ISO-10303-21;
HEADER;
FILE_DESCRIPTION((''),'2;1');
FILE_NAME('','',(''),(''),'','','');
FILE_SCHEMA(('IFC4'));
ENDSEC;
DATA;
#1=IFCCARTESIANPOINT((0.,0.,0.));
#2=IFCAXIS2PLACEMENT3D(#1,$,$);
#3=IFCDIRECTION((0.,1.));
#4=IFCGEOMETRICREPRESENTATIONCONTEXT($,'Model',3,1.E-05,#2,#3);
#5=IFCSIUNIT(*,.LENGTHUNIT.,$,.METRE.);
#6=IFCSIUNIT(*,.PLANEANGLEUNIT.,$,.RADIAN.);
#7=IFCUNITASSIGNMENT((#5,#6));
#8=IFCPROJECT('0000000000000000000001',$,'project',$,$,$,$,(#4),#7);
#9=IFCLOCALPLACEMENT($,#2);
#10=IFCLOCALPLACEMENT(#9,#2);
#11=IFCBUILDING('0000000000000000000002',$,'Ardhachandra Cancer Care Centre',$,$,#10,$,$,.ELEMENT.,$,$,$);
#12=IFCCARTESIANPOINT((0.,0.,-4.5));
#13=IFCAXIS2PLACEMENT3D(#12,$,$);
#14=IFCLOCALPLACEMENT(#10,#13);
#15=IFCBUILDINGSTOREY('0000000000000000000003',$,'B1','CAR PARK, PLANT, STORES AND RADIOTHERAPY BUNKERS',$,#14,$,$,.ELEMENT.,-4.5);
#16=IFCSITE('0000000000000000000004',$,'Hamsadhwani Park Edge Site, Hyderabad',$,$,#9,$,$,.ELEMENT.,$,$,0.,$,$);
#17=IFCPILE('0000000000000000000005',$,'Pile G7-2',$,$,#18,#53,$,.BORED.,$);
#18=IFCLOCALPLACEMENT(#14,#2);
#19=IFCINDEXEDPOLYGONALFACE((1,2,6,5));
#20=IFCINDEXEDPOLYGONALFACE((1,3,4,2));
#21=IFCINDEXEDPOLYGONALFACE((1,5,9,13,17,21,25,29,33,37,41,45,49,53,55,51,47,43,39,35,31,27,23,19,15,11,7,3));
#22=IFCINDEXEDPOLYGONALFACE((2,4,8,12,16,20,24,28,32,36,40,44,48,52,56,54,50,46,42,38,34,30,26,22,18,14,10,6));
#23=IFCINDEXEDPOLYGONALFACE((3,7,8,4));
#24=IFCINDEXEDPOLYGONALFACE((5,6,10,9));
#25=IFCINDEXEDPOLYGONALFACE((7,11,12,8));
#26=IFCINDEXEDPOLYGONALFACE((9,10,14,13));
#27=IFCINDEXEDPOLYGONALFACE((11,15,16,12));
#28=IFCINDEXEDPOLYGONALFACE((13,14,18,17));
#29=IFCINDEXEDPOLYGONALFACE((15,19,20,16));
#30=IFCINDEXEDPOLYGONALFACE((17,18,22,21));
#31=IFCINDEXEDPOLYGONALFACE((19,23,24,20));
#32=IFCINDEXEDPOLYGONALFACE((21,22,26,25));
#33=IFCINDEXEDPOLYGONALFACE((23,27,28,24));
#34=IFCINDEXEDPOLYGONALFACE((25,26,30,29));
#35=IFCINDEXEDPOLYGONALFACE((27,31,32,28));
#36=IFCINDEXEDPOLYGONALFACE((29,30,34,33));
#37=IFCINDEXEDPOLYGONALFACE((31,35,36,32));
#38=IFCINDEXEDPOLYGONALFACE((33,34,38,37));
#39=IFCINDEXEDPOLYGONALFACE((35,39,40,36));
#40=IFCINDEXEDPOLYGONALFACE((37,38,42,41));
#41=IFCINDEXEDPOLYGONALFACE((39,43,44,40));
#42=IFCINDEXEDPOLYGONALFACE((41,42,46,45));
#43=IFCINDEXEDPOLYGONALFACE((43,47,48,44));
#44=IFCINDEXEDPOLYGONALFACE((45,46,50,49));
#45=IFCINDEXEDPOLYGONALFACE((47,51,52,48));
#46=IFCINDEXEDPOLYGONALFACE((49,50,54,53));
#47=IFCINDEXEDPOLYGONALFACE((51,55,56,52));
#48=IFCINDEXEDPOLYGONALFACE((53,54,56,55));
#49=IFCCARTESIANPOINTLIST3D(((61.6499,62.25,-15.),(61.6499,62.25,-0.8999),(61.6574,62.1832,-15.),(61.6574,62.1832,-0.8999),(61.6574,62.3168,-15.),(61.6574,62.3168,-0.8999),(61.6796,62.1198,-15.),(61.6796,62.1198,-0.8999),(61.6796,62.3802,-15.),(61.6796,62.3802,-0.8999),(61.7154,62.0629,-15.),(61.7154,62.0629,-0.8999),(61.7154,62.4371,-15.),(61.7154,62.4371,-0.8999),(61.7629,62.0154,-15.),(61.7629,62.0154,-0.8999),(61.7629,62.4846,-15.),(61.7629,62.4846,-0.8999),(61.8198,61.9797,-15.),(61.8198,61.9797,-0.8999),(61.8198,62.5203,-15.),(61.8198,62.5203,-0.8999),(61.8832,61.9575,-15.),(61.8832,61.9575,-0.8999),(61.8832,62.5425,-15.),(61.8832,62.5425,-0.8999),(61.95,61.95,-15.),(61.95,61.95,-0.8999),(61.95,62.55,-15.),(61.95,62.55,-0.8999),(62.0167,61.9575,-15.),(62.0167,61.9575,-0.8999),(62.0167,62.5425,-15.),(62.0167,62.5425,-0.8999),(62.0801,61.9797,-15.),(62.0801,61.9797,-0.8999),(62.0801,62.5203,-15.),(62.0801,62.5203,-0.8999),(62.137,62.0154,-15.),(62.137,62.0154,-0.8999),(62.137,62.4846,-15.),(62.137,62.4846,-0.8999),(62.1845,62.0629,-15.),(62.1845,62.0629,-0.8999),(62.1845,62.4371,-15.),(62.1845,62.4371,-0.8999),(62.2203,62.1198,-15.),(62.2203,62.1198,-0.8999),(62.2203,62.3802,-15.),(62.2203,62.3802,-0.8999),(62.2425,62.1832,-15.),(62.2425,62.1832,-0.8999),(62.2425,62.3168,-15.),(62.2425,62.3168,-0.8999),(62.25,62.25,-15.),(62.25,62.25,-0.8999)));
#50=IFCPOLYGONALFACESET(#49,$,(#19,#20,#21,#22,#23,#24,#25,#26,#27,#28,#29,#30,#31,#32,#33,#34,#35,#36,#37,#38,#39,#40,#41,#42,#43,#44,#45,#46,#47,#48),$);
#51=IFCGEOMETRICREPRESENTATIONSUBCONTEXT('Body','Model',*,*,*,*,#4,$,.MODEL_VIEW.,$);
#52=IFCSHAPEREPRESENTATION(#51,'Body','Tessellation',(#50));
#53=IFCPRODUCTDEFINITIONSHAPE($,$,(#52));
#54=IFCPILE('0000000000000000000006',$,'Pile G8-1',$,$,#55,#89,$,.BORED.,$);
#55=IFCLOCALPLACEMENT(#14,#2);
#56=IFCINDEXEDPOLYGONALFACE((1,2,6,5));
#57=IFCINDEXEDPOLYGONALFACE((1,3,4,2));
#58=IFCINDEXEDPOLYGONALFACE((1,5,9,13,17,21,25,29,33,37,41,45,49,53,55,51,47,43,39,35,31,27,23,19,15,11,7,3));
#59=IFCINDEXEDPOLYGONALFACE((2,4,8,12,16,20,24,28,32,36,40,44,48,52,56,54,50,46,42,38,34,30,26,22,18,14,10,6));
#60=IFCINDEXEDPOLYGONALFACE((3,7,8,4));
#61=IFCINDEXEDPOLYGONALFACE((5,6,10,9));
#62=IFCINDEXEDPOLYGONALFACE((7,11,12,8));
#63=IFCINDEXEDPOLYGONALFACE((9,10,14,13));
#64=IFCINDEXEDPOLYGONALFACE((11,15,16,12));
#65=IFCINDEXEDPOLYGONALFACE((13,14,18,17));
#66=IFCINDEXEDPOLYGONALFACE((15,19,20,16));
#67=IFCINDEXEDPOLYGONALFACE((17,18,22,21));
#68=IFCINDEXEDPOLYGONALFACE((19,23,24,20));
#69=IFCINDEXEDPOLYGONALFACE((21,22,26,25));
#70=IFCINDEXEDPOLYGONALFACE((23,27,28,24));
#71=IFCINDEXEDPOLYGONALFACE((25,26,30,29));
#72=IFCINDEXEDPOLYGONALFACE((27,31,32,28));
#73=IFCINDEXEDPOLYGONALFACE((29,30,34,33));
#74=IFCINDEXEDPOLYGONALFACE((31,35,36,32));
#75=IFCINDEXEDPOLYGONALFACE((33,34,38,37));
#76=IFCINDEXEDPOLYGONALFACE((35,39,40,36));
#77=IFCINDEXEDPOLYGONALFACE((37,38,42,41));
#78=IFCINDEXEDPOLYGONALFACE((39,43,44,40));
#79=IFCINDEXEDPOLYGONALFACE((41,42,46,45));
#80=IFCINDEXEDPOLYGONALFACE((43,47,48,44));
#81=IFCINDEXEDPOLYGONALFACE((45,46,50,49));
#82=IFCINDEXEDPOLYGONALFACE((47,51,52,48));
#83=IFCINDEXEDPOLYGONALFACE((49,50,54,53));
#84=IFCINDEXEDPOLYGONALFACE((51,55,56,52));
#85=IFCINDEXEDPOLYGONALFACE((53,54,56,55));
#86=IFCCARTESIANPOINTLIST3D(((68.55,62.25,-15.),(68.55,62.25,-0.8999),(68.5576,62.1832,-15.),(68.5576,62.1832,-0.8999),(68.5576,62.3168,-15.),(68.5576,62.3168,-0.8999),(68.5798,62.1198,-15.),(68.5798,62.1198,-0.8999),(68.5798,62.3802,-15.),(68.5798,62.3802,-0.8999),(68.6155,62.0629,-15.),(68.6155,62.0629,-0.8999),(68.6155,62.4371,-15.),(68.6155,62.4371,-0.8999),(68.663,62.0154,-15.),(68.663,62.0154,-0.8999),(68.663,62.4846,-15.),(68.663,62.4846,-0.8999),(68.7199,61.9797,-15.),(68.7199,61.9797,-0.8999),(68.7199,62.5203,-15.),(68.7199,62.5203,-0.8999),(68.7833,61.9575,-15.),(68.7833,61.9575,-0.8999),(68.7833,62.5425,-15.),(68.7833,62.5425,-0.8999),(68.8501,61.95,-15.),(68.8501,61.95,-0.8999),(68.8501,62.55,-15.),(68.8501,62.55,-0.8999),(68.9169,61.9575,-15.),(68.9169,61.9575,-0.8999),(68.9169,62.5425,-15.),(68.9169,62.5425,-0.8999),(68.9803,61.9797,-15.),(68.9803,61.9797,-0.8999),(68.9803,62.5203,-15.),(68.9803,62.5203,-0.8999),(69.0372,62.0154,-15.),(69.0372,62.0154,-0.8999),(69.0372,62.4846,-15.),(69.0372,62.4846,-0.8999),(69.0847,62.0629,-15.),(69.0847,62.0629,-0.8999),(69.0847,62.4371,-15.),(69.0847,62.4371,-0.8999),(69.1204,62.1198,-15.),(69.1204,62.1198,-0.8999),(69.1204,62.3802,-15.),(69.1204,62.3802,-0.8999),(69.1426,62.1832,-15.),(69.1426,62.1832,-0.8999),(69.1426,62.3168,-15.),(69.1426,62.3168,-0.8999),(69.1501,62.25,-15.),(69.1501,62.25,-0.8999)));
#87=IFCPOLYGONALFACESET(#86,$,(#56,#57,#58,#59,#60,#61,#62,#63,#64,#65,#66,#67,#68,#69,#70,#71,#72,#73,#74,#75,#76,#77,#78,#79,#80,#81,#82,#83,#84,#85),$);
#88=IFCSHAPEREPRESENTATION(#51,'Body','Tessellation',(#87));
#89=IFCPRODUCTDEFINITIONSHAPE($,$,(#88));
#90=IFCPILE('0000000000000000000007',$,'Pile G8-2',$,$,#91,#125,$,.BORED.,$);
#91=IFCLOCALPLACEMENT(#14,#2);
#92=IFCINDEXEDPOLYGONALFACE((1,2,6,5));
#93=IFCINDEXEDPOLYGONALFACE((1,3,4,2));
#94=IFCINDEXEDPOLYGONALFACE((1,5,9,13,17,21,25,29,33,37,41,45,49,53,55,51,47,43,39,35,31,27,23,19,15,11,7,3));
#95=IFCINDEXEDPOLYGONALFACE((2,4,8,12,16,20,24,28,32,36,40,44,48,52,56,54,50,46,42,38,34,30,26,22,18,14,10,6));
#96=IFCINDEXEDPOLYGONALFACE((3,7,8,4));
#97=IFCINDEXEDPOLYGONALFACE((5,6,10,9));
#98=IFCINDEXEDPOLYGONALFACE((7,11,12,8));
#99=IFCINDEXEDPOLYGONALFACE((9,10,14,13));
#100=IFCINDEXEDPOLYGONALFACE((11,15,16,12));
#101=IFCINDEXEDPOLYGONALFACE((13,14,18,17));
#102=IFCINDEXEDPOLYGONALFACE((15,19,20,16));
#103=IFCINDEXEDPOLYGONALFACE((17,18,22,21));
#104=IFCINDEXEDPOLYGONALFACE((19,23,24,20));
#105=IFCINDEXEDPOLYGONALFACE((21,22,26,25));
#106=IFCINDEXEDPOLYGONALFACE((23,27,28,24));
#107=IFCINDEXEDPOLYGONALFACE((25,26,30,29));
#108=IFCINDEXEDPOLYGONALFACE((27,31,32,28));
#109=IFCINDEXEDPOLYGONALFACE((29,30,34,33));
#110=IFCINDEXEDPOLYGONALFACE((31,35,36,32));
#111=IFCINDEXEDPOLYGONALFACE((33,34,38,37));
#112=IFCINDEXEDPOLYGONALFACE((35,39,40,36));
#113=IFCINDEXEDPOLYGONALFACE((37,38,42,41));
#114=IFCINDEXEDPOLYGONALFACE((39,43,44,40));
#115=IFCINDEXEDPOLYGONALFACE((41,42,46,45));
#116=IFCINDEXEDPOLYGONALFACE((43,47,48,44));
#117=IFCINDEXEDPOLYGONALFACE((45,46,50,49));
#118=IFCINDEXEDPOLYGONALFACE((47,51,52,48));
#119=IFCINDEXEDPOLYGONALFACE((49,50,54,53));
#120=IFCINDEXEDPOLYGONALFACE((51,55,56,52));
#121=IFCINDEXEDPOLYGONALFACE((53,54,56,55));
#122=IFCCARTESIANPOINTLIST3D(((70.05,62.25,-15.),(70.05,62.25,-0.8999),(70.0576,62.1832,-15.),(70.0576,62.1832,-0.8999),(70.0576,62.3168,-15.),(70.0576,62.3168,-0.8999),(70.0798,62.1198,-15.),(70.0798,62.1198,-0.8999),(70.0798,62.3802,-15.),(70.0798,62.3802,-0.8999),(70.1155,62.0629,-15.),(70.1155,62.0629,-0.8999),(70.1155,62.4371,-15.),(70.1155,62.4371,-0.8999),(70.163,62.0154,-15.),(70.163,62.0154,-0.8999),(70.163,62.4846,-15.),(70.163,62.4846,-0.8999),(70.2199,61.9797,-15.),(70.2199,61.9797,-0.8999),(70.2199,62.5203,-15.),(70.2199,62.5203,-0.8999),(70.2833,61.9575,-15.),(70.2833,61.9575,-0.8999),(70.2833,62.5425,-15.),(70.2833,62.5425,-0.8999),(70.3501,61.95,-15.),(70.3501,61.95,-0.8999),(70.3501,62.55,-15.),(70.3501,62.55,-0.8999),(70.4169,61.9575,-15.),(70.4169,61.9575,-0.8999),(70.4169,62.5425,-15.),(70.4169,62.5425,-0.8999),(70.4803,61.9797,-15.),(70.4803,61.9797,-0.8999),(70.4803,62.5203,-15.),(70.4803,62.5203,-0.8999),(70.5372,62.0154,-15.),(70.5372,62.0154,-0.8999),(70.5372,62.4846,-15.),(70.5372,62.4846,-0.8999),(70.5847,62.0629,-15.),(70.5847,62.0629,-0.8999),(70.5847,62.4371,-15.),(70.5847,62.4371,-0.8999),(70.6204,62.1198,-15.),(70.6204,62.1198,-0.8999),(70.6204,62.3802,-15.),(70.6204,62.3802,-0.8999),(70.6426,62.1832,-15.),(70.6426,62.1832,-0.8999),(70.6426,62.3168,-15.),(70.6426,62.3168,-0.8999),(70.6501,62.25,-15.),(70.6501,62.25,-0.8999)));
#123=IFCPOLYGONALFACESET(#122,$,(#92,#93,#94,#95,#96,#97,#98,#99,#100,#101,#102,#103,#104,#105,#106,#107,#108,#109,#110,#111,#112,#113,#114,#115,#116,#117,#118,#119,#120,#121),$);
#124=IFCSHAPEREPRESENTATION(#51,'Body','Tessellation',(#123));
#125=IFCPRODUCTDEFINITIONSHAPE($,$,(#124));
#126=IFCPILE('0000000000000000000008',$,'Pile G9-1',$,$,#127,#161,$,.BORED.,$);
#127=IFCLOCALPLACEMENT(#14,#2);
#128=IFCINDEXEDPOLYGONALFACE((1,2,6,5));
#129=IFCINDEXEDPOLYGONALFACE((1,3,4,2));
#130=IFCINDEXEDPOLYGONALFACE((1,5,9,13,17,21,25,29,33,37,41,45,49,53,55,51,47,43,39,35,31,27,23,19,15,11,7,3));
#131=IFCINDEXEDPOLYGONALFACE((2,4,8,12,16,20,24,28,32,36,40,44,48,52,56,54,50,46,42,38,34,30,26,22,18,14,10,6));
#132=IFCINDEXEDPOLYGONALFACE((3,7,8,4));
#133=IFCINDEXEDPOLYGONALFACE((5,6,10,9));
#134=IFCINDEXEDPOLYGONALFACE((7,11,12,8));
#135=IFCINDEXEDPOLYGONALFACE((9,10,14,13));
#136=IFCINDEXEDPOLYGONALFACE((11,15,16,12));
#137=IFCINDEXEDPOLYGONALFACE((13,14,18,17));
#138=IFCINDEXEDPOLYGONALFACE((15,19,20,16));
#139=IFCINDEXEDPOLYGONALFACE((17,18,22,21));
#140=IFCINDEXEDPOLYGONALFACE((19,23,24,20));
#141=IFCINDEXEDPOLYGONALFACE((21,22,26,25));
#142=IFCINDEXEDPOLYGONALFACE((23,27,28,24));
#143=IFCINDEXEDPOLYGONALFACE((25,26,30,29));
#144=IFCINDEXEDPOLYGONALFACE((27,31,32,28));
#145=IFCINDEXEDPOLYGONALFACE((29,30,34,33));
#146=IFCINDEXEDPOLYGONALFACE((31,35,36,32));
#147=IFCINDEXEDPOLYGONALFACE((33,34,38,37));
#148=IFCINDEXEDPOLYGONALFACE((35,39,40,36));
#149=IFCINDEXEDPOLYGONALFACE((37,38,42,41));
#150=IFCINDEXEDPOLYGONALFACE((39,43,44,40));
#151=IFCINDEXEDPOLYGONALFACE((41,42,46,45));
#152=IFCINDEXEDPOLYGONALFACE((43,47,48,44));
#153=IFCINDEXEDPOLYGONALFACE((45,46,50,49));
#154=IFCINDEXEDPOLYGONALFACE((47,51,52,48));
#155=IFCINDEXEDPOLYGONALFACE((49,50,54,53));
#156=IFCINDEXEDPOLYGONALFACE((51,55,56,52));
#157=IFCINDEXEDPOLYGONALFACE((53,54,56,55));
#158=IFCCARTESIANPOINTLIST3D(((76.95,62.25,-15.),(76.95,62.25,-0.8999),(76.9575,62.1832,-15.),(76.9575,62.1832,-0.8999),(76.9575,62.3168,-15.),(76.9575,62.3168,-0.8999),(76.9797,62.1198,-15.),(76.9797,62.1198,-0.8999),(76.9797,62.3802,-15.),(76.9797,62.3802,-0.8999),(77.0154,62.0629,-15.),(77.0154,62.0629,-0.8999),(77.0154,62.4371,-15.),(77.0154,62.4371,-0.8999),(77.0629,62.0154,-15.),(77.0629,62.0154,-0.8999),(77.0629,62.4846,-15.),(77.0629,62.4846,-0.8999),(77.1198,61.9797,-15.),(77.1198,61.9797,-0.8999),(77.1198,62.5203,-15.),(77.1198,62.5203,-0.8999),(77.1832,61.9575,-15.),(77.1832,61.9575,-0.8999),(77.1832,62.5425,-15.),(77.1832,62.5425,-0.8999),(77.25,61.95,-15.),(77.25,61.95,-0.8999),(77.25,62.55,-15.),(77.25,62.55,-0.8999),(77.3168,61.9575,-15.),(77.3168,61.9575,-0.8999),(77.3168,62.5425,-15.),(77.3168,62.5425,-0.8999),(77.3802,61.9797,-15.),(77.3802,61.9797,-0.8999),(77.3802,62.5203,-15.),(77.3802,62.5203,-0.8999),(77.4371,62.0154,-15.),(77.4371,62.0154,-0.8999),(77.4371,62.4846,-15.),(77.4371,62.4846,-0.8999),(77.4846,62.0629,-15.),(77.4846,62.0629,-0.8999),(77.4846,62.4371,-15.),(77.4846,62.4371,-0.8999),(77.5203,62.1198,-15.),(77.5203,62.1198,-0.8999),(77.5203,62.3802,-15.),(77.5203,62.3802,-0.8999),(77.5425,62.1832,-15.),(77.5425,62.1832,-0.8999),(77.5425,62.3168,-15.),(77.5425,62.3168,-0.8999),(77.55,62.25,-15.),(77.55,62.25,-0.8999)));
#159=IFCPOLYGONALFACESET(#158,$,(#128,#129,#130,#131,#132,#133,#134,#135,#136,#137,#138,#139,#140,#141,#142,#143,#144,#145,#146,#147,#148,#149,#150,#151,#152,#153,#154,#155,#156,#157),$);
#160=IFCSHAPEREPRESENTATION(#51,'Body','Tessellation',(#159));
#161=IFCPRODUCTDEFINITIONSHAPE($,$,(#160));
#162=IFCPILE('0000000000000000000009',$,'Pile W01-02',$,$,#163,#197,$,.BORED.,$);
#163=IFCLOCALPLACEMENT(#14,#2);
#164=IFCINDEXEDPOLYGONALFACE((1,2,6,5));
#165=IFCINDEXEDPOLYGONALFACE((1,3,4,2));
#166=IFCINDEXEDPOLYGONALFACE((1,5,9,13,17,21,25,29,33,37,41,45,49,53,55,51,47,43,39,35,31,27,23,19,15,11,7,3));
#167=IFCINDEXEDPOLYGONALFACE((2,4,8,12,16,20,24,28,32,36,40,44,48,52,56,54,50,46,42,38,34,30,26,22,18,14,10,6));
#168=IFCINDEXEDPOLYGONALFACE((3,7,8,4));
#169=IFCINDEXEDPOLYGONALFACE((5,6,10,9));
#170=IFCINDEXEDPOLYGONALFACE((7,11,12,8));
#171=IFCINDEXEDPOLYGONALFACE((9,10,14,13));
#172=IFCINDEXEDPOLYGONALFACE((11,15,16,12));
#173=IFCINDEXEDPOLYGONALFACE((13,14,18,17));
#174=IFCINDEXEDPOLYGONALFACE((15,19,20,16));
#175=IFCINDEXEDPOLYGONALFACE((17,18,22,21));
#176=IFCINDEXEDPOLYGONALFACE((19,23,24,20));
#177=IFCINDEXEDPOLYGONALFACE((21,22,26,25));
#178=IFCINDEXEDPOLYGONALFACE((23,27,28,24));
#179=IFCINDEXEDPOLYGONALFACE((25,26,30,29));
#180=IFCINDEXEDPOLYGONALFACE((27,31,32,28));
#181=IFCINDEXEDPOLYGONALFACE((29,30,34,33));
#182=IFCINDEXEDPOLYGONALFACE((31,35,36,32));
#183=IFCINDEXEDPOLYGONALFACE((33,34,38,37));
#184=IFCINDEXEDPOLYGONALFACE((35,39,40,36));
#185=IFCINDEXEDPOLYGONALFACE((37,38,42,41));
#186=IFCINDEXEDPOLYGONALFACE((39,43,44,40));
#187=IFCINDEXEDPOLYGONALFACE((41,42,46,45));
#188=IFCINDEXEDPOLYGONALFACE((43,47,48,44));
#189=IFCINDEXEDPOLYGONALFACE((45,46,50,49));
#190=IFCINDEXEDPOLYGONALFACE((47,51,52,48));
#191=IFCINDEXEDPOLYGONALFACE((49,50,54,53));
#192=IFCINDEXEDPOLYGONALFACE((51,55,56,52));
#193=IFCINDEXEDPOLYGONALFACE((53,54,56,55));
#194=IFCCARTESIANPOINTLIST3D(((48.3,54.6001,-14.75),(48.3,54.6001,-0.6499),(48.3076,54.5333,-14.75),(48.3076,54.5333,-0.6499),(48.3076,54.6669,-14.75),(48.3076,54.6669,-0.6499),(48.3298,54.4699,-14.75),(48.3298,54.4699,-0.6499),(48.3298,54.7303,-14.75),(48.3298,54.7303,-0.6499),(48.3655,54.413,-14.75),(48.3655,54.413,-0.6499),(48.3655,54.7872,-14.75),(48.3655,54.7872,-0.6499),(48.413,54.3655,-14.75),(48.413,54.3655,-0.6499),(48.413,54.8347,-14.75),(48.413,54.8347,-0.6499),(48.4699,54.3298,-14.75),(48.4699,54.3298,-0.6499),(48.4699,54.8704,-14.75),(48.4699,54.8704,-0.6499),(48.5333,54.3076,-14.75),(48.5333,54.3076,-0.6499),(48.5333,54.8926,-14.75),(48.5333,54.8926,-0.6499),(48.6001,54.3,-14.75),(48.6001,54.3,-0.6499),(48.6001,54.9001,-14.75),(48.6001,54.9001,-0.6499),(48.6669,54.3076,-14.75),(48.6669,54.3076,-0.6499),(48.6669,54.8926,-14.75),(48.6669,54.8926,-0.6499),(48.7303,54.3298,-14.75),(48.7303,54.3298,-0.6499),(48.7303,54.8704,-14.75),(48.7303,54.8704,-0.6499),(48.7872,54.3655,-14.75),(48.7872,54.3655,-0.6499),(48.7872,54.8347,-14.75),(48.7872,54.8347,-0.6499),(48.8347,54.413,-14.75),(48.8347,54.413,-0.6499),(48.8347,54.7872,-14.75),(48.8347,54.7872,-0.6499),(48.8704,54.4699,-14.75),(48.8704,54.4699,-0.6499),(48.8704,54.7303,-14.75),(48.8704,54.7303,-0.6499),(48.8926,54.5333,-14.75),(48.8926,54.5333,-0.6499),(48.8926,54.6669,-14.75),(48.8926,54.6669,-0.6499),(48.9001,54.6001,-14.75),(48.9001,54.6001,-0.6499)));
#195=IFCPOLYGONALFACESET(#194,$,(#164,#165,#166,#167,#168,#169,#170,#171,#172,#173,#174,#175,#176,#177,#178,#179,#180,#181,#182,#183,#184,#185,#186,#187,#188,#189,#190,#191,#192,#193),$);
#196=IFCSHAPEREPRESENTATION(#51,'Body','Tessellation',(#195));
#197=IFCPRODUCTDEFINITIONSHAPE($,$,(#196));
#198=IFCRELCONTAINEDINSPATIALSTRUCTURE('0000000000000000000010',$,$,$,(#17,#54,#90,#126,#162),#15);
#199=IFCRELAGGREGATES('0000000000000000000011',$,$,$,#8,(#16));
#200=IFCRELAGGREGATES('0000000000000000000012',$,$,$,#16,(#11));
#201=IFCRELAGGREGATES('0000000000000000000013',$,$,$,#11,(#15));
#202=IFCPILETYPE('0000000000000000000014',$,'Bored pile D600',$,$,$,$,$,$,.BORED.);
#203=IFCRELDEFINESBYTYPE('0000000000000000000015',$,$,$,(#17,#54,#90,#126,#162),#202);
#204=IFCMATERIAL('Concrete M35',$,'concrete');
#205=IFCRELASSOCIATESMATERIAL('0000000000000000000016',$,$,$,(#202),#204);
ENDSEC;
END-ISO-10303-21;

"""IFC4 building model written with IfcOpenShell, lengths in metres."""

from ifc_helpers import new_model, si_unit, direction, frame, origin, origin_2d, place, context, subcontext, project, spatial, circle, extrude, material, material_profile, profile_set, type_object, element, save


model = new_model("IFC4")

# Units and contexts
model_context = context("Model", 3, precision=1e-05, world=origin(), true_north=direction((0.0, 1.0)))
body_context = subcontext(model_context, "Body", "Model", "MODEL_VIEW")
ifc_project = project(units=[si_unit("LENGTHUNIT", "METRE"), si_unit("PLANEANGLEUNIT", "RADIAN")], contexts=[model_context])

# Site, building, storey
site_placement = place(None, origin())
site = spatial("IfcSite", under=ifc_project, at=site_placement, Name="Hamsadhwani Park Edge Site, Hyderabad", CompositionType="ELEMENT", RefElevation=0.0)
building_placement = place(site_placement, origin())
building = spatial("IfcBuilding", under=site, at=building_placement, Name="Ardhachandra Cancer Care Centre", CompositionType="ELEMENT")
storey_placement = place(building_placement, frame((0.0, 0.0, -4.5)))
storey = spatial("IfcBuildingStorey", under=building, at=storey_placement, Name="B1", Description="CAR PARK, PLANT, STORES AND RADIOTHERAPY BUNKERS", CompositionType="ELEMENT", Elevation=-4.5)

# Piles
ifc_material_1 = material(Name="Concrete M35", Category="concrete")
ifc_material_profile_1 = material_profile(ifc_material_1, circle(Radius=0.3, at=origin_2d()), Name="D600")
ifc_profile_set_1 = profile_set([ifc_material_profile_1], Name="Concrete M35")
pile_type = type_object("IfcPileType", Name="Bored pile D600", PredefinedType="BORED", material=ifc_profile_set_1)
for number, where, z_axis, x_axis, name in (
    (1, (61.95, 62.25, -0.8999), (0.0, 0.0, -1.0), (1.0, 0.0, 0.0), "Pile G7-2"),
    (2, (68.8501, 62.25, -0.8999), (0.0, 0.0, -1.0), (1.0, 0.0, 0.0), "Pile G8-1"),
    (3, (70.3501, 62.25, -0.8999), (0.0, 0.0, -1.0), (1.0, 0.0, 0.0), "Pile G8-2"),
    (4, (77.25, 62.25, -0.8999), (0.0, 0.0, -1.0), (1.0, 0.0, 0.0), "Pile G9-1"),
    (5, (48.6001, 54.6001, -0.6499), (0.0, 0.0, -1.0), (1.0, 0.0, 0.0), "Pile W01-02"),
):
    element("IfcPile", number, at=place(storey_placement, frame(where, z_axis=z_axis, x_axis=x_axis)), inside=storey, type_object=pile_type, Name=name, PredefinedType="BORED", context=body_context, shape_type="SweptSolid", body=[
        extrude(circle(Radius=0.3, at=origin_2d()), origin(), (0.0, 0.0, 1.0), 14.1001),
    ])

save(model, "model.ifc")
